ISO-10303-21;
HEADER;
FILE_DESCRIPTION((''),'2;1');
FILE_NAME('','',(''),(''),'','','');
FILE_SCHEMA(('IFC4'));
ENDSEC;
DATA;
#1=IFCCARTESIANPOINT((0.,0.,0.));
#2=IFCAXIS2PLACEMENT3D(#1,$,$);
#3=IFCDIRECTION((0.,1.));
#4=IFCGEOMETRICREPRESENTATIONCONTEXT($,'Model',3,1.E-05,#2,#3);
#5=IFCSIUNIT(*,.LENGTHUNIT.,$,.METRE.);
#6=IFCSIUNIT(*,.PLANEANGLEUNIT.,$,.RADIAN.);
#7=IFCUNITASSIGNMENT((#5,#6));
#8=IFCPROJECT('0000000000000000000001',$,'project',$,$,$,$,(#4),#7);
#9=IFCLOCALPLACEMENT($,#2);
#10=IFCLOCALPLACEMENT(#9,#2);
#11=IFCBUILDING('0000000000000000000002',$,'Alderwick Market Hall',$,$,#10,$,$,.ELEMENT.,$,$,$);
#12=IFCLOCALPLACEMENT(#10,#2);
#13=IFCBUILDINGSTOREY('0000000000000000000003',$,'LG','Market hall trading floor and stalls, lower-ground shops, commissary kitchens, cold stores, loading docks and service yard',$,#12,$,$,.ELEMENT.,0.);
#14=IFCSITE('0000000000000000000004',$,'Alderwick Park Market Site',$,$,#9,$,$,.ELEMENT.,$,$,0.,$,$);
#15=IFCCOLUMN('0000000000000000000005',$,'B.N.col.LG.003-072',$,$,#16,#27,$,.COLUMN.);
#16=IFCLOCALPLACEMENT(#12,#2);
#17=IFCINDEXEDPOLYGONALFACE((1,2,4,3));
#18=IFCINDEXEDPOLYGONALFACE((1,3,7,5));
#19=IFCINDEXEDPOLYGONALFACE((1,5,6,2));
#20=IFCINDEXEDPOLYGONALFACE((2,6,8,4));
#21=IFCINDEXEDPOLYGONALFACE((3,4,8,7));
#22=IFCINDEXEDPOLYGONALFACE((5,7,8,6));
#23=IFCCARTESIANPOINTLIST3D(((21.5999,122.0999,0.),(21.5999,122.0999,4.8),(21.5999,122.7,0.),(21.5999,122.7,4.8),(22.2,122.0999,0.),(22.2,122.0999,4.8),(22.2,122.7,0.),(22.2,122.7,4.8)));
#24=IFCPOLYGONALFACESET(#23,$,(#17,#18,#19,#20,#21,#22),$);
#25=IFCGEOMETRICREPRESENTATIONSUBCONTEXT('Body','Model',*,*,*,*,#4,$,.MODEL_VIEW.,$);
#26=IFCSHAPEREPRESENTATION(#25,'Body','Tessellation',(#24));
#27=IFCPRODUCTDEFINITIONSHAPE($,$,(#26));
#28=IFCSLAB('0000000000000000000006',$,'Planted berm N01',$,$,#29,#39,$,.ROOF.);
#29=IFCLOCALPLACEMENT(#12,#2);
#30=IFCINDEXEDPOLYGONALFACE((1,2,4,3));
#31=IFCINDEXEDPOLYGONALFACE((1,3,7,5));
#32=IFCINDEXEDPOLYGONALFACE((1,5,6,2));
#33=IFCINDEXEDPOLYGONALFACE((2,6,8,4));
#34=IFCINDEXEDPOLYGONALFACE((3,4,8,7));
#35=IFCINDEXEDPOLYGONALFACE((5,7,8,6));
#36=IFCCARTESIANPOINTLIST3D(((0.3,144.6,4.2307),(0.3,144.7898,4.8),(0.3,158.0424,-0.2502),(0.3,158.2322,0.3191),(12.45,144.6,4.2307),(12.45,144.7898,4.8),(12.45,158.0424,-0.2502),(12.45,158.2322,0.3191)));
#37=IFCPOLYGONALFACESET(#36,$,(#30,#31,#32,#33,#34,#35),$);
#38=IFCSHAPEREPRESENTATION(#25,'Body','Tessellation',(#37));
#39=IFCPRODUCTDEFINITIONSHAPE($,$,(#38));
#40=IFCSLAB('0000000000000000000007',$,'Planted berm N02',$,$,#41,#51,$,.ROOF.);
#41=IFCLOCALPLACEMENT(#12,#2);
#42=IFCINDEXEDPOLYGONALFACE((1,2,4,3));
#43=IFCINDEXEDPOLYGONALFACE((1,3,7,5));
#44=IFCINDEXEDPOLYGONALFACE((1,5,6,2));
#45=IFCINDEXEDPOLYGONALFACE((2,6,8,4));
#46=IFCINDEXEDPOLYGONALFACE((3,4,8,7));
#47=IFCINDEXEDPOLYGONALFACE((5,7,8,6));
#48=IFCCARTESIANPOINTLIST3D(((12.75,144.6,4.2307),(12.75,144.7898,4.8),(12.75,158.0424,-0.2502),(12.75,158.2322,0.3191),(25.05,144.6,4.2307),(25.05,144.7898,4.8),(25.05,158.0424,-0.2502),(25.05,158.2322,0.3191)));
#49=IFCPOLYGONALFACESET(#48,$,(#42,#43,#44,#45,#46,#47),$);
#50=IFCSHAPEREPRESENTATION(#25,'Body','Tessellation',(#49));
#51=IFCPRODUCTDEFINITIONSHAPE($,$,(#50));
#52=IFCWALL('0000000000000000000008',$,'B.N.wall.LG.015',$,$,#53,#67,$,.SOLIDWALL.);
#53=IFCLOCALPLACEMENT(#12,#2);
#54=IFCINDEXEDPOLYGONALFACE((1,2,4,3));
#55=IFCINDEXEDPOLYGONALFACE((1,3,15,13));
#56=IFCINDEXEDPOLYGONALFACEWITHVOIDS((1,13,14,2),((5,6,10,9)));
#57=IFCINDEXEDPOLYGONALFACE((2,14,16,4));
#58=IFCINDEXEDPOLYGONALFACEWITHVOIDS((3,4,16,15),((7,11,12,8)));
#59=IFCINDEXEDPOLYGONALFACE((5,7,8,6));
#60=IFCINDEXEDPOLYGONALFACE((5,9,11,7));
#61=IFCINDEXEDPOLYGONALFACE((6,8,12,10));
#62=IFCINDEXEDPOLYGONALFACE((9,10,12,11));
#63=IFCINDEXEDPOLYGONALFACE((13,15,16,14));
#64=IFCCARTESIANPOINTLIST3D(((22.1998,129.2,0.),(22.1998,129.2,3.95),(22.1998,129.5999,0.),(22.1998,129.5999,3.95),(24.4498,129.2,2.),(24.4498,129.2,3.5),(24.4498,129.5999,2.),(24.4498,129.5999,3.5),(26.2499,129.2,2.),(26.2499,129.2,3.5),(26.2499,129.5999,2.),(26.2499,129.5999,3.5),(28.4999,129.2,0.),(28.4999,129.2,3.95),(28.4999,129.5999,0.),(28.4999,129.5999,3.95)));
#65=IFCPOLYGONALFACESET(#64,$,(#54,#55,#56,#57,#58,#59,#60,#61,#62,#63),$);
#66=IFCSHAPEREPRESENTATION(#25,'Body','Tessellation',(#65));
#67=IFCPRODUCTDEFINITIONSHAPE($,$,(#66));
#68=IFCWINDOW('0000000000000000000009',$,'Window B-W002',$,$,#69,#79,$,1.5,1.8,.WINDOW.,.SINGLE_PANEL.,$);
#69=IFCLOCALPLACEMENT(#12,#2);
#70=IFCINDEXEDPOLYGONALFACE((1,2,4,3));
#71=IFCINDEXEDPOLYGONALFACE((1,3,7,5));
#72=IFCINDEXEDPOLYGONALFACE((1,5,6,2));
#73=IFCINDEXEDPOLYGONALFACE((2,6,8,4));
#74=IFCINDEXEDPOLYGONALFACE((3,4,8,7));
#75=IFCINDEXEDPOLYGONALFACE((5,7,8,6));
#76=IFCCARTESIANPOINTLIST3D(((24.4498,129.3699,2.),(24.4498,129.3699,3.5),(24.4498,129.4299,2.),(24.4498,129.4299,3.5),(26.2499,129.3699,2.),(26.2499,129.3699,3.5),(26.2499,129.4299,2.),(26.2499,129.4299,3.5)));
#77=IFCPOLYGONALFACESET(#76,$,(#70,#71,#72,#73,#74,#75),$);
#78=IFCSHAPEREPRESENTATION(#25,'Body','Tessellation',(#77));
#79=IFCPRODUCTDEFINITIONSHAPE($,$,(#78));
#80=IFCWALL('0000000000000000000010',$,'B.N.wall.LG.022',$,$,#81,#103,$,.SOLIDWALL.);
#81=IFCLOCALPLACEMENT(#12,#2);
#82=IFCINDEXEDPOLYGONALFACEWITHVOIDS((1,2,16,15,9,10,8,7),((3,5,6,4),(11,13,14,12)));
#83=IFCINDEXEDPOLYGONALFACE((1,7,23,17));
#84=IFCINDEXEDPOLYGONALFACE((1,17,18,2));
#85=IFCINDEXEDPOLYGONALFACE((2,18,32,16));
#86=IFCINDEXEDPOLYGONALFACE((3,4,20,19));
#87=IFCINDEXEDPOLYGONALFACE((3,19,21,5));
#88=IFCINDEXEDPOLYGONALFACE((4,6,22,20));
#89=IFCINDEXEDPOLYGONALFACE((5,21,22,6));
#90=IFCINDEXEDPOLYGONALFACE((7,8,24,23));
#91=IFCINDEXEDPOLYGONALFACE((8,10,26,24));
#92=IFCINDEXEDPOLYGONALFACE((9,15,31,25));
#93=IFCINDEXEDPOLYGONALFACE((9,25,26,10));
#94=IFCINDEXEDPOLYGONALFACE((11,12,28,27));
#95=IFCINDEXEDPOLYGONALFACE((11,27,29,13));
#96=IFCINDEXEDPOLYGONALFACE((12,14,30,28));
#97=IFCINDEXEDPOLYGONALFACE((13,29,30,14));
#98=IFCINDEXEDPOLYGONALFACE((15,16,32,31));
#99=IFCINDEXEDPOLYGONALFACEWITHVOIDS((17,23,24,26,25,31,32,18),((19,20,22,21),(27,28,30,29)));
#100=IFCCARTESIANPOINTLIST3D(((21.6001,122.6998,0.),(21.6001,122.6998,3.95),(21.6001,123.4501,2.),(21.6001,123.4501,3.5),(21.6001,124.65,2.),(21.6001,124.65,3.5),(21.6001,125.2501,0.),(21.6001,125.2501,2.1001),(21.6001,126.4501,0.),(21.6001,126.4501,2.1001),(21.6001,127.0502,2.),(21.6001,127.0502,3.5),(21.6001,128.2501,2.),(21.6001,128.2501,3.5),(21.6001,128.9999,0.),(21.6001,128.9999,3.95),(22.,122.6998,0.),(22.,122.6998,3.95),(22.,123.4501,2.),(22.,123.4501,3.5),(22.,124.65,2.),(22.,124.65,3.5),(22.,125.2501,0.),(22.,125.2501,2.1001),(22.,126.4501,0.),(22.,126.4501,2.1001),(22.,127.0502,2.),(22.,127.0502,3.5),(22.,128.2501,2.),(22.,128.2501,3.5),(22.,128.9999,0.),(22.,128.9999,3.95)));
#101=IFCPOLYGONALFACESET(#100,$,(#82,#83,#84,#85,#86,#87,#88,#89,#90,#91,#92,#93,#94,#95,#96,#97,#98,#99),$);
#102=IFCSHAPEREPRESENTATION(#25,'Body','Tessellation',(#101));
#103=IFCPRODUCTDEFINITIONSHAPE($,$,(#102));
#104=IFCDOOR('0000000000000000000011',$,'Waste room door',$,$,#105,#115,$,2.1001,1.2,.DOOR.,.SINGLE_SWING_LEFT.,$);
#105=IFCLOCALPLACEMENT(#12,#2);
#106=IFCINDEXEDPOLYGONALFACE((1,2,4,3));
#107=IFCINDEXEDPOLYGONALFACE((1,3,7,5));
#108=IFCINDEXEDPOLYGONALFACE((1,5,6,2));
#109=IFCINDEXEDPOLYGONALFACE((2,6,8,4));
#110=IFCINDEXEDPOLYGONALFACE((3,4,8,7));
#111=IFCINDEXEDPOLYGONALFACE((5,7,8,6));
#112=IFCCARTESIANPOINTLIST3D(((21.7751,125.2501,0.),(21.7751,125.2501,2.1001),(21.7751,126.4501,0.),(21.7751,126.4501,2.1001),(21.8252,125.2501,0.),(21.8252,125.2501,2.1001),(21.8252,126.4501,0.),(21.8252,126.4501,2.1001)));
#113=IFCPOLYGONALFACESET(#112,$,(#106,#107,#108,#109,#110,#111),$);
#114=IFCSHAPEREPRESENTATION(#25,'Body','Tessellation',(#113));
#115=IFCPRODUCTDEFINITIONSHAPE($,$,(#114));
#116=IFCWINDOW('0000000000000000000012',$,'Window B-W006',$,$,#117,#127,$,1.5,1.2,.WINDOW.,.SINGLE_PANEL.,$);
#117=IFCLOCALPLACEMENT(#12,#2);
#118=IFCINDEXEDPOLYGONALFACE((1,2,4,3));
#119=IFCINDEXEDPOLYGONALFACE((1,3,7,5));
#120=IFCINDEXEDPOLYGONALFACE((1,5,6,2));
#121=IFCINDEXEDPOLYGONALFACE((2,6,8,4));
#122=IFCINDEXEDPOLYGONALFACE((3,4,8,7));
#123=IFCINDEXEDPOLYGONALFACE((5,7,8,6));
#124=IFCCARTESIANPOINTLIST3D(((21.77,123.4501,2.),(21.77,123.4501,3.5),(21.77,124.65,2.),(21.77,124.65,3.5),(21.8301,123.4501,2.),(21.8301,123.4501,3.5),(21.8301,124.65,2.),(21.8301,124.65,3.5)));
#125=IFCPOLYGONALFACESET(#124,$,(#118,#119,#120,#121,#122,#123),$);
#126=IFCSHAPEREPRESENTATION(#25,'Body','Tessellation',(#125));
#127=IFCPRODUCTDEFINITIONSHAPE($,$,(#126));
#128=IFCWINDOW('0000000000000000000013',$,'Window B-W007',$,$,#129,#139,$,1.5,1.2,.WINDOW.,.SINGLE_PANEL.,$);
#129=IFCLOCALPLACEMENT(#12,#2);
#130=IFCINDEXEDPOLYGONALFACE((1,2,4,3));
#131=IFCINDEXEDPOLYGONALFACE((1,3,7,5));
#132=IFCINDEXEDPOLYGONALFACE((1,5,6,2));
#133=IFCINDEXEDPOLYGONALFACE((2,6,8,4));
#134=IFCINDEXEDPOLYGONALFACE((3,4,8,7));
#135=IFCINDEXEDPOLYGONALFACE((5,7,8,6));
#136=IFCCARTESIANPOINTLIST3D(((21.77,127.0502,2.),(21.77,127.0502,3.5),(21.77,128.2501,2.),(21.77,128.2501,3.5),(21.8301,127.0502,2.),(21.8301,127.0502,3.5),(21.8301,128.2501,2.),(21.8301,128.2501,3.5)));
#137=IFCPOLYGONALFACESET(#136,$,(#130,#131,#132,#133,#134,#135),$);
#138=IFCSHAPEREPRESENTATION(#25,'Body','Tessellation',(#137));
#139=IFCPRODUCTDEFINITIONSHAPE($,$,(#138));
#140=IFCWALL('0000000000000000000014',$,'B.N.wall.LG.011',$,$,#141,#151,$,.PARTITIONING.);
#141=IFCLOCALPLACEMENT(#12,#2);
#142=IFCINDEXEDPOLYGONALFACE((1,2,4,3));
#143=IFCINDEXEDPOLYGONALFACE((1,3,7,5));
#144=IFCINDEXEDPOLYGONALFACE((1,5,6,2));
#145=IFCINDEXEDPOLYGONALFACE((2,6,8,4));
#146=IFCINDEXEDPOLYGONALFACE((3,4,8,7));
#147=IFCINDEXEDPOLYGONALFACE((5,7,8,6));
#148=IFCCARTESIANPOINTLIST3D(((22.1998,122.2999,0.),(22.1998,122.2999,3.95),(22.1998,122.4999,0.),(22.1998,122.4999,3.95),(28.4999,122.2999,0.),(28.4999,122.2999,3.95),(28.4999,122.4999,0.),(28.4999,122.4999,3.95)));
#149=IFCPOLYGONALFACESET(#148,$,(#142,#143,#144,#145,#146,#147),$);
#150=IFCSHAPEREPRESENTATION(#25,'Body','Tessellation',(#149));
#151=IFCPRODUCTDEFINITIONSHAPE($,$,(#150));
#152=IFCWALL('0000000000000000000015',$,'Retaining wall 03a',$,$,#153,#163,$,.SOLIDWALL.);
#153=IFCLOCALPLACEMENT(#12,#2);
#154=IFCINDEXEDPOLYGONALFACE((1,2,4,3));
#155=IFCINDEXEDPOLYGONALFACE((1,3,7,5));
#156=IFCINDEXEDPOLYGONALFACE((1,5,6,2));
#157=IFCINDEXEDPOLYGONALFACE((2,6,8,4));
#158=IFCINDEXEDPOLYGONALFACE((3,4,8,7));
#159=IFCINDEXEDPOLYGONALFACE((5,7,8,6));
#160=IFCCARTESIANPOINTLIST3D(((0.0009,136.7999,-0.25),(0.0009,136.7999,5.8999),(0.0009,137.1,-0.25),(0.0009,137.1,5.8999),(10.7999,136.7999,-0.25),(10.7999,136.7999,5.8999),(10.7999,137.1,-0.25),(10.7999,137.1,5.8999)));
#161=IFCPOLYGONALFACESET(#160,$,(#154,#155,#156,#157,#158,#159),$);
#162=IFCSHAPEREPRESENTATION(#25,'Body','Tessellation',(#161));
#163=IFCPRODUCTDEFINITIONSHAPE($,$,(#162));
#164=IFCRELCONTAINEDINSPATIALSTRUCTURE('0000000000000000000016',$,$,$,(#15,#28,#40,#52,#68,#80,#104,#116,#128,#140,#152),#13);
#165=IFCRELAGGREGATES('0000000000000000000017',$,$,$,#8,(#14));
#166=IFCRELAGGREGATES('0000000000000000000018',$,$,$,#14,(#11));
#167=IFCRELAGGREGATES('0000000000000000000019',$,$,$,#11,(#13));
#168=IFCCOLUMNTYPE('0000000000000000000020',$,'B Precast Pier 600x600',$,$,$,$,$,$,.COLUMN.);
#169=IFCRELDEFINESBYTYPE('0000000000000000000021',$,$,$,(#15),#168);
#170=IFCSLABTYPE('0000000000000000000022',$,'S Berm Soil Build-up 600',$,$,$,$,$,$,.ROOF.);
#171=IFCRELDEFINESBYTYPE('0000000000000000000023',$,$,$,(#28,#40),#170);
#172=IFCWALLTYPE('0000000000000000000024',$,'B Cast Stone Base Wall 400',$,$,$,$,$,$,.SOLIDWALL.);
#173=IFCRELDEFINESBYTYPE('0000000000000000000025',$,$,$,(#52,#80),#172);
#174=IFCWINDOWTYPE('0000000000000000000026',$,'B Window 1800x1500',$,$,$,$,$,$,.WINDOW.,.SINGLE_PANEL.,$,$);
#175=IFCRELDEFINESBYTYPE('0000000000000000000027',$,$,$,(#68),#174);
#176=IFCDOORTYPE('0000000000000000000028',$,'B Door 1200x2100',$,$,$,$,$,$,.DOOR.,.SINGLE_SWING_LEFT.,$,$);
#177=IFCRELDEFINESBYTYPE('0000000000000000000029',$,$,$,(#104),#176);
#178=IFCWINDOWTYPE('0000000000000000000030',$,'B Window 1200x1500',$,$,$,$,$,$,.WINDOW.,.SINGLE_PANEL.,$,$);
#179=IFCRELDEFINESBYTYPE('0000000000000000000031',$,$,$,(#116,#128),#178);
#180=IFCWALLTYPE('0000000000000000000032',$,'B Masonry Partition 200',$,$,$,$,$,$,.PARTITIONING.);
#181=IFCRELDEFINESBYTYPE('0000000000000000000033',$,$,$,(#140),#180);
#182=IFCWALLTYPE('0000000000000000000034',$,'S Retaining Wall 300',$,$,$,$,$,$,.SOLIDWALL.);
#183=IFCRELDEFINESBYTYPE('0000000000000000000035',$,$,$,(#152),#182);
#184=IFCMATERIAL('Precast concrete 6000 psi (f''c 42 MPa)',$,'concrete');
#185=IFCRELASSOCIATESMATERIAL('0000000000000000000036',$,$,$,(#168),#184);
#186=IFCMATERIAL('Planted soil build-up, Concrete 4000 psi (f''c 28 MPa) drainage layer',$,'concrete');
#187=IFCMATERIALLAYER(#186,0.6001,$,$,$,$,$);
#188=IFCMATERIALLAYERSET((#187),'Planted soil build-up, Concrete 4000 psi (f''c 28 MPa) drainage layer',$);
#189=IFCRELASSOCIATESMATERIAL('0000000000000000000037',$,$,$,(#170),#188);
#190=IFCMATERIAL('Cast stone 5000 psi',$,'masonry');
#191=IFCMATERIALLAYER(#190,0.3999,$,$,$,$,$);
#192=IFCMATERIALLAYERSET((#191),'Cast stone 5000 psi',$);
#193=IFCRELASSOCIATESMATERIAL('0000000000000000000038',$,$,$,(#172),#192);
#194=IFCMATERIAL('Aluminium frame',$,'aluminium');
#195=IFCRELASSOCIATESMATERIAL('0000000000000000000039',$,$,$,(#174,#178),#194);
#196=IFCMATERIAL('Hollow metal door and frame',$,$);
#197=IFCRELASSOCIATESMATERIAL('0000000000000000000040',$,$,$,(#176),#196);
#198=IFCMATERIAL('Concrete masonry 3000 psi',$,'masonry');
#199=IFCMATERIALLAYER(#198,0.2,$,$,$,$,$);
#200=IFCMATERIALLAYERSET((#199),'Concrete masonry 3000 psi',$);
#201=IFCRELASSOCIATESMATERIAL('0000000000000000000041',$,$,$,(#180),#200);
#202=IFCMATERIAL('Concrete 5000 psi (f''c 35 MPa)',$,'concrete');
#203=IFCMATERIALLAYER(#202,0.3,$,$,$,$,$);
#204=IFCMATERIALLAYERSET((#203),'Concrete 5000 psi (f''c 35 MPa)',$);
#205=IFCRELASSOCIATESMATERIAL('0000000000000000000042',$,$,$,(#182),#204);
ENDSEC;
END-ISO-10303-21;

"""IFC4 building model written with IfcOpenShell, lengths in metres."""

from ifc_helpers import new_model, si_unit, direction, frame, frame_2d, origin, origin_2d, place, context, subcontext, project, spatial, polyline, rectangle, outline, extrude, material, layer, layer_set, material_profile, profile_set, type_object, element, fill, save


model = new_model("IFC4")

# Units and contexts
model_context = context("Model", 3, precision=1e-05, world=origin(), true_north=direction((0.0, 1.0)))
body_context = subcontext(model_context, "Body", "Model", "MODEL_VIEW")
ifc_project = project(units=[si_unit("LENGTHUNIT", "METRE"), si_unit("PLANEANGLEUNIT", "RADIAN")], contexts=[model_context])

# Site, building, storey
site_placement = place(None, origin())
site = spatial("IfcSite", under=ifc_project, at=site_placement, Name="Alderwick Park Market Site", CompositionType="ELEMENT", RefElevation=0.0)
building_placement = place(site_placement, origin())
building = spatial("IfcBuilding", under=site, at=building_placement, Name="Alderwick Market Hall", CompositionType="ELEMENT")
storey_placement = place(building_placement, origin())
storey = spatial("IfcBuildingStorey", under=building, at=storey_placement, Name="LG", Description="Market hall trading floor and stalls, lower-ground shops, commissary kitchens, cold stores, loading docks and service yard", CompositionType="ELEMENT", Elevation=0.0)

# Shared definitions
ifc_material_1 = material(Name="Concrete 5000 psi (f'c 35 MPa)", Category="concrete")

# Column
ifc_material_2 = material(Name="Precast concrete 6000 psi (f'c 42 MPa)", Category="concrete")
ifc_material_profile_1 = material_profile(ifc_material_2, rectangle(XDim=0.6001, YDim=0.6001, at=origin_2d()), Name="B Precast Pier 600x600")
ifc_profile_set_1 = profile_set([ifc_material_profile_1], Name="Precast concrete 6000 psi (f'c 42 MPa)")
column_type_1 = type_object("IfcColumnType", Name="B Precast Pier 600x600", PredefinedType="COLUMN", material=ifc_profile_set_1)
for number, where, z_axis, x_axis, name in (
    (1, (21.8999, 122.3999, 0.0), (0.0, 0.0, 1.0), (1.0, 0.0, 0.0), "B.N.col.LG.003-072"),
):
    element("IfcColumn", number, at=place(storey_placement, frame(where, z_axis=z_axis, x_axis=x_axis)), inside=storey, type_object=column_type_1, Name=name, PredefinedType="COLUMN", context=body_context, shape_type="SweptSolid", body=[
        extrude(rectangle(XDim=0.6001, YDim=0.6001, at=origin_2d()), origin(), (0.0, 0.0, 1.0), 4.8),
    ])

# Slabs
ifc_material_3 = material(Name="Planted soil build-up, Concrete 4000 psi (f'c 28 MPa) drainage layer", Category="concrete")
ifc_layer_1 = layer(ifc_material_3, 0.6001)
ifc_layer_set_1 = layer_set([ifc_layer_1], Name="Planted soil build-up, Concrete 4000 psi (f'c 28 MPa) drainage layer")
slab_type = type_object("IfcSlabType", Name="S Berm Soil Build-up 600", PredefinedType="ROOF", material=ifc_layer_set_1)
slab_1_placement = place(storey_placement, frame((0.3, 158.2322, 0.3191), z_axis=(0.0, 0.316238, 0.94868), x_axis=(1.0, 0.0, 0.0)))
element("IfcSlab", 2, at=slab_1_placement, inside=storey, type_object=slab_type, Name="Planted berm N01", PredefinedType="ROOF", context=body_context, shape_type="SweptSolid", body=[
    extrude(outline(polyline([(0.0, 0.0), (12.1499, 0.0), (12.1499, -14.1696), (0.0, -14.1696), (0.0, 0.0)])), origin(), (0.0, 0.0, -1.0), 0.6001),
])
slab_2_placement = place(storey_placement, frame((12.75, 158.2322, 0.3191), z_axis=(0.0, 0.316238, 0.94868), x_axis=(1.0, 0.0, 0.0)))
element("IfcSlab", 3, at=slab_2_placement, inside=storey, type_object=slab_type, Name="Planted berm N02", PredefinedType="ROOF", context=body_context, shape_type="SweptSolid", body=[
    extrude(outline(polyline([(0.0, 0.0), (12.3, 0.0), (12.3, -14.1696), (0.0, -14.1696), (0.0, 0.0)])), origin(), (0.0, 0.0, -1.0), 0.6001),
])

# Wall, opening, window
ifc_material_4 = material(Name="Cast stone 5000 psi", Category="masonry")
ifc_layer_2 = layer(ifc_material_4, 0.3999)
ifc_layer_set_2 = layer_set([ifc_layer_2], Name="Cast stone 5000 psi")
wall_type_1 = type_object("IfcWallType", Name="B Cast Stone Base Wall 400", PredefinedType="SOLIDWALL", material=ifc_layer_set_2)
wall_1_placement = place(storey_placement, frame((22.2, 129.3999, 0.0), z_axis=(0.0, 0.0, 1.0), x_axis=(1.0, 0.0, 0.0)))
wall_1 = element("IfcWall", 4, at=wall_1_placement, inside=storey, type_object=wall_type_1, Name="B.N.wall.LG.015", PredefinedType="SOLIDWALL", context=body_context, shape_type="SweptSolid", body=[
    extrude(rectangle(XDim=6.3, YDim=0.3999, at=frame_2d((3.1499, 0.0))), origin(), (0.0, 0.0, 1.0), 3.95),
])
opening_1_placement = place(wall_1_placement, frame((2.25, 0.0, 2.0)))
opening_1 = element("IfcOpeningElement", 5, at=opening_1_placement, cuts=wall_1, PredefinedType="OPENING", context=body_context, shape_type="SweptSolid", body=[
    extrude(rectangle(XDim=1.8, YDim=1.5, at=frame_2d((0.8999, 0.75))), frame((0.0, 0.21, 0.0), z_axis=(0.0, -1.0, 0.0), x_axis=(1.0, 0.0, 0.0)), (0.0, 0.0, 1.0), 0.4199),
])
ifc_material_5 = material(Name="Aluminium frame", Category="aluminium")
window_type_1 = type_object("IfcWindowType", Name="B Window 1800x1500", PartitioningType="SINGLE_PANEL", PredefinedType="WINDOW", material=ifc_material_5)
window_1_placement = place(opening_1_placement, origin())
window_1 = element("IfcWindow", 6, at=window_1_placement, inside=storey, type_object=window_type_1, Name="Window B-W002", OverallHeight=1.5, OverallWidth=1.8, PartitioningType="SINGLE_PANEL", PredefinedType="WINDOW", context=body_context, shape_type="SweptSolid", body=[
    extrude(rectangle(XDim=1.8, YDim=1.5, at=frame_2d((0.8999, 0.75))), frame((0.0, 0.03, 0.0), z_axis=(0.0, -1.0, 0.0), x_axis=(1.0, 0.0, 0.0)), (0.0, 0.0, 1.0), 0.0601),
])
fill(opening_1, window_1)

# Wall, openings, door, windows
wall_2_placement = place(storey_placement, frame((21.8, 122.7, 0.0), z_axis=(0.0, 0.0, 1.0), x_axis=(0.0, 1.0, 0.0)))
wall_2 = element("IfcWall", 7, at=wall_2_placement, inside=storey, type_object=wall_type_1, Name="B.N.wall.LG.022", PredefinedType="SOLIDWALL", context=body_context, shape_type="SweptSolid", body=[
    extrude(rectangle(XDim=6.3, YDim=0.3999, at=frame_2d((3.1499, 0.0))), origin(), (0.0, 0.0, 1.0), 3.95),
])
opening_2_placement = place(wall_2_placement, frame((2.55, 0.0, 0.0)))
opening_2 = element("IfcOpeningElement", 8, at=opening_2_placement, cuts=wall_2, PredefinedType="OPENING", context=body_context, shape_type="SweptSolid", body=[
    extrude(rectangle(XDim=1.2, YDim=2.1001, at=frame_2d((0.6001, 1.05))), frame((0.0, 0.21, 0.0), z_axis=(0.0, -1.0, 0.0), x_axis=(1.0, 0.0, 0.0)), (0.0, 0.0, 1.0), 0.4199),
])
opening_3_placement = place(wall_2_placement, frame((0.75, 0.0, 2.0)))
opening_3 = element("IfcOpeningElement", 9, at=opening_3_placement, cuts=wall_2, PredefinedType="OPENING", context=body_context, shape_type="SweptSolid", body=[
    extrude(rectangle(XDim=1.2, YDim=1.5, at=frame_2d((0.6001, 0.75))), frame((0.0, 0.21, 0.0), z_axis=(0.0, -1.0, 0.0), x_axis=(1.0, 0.0, 0.0)), (0.0, 0.0, 1.0), 0.4199),
])
opening_4_placement = place(wall_2_placement, frame((4.3501, 0.0, 2.0)))
opening_4 = element("IfcOpeningElement", 10, at=opening_4_placement, cuts=wall_2, PredefinedType="OPENING", context=body_context, shape_type="SweptSolid", body=[
    extrude(rectangle(XDim=1.2, YDim=1.5, at=frame_2d((0.6001, 0.75))), frame((0.0, 0.21, 0.0), z_axis=(0.0, -1.0, 0.0), x_axis=(1.0, 0.0, 0.0)), (0.0, 0.0, 1.0), 0.4199),
])
ifc_material_6 = material(Name="Hollow metal door and frame")
door_type = type_object("IfcDoorType", Name="B Door 1200x2100", OperationType="SINGLE_SWING_LEFT", PredefinedType="DOOR", material=ifc_material_6)
door_placement = place(opening_2_placement, origin())
door = element("IfcDoor", 11, at=door_placement, inside=storey, type_object=door_type, Name="Waste room door", OperationType="SINGLE_SWING_LEFT", OverallHeight=2.1001, OverallWidth=1.2, PredefinedType="DOOR", context=body_context, shape_type="SweptSolid", body=[
    extrude(rectangle(XDim=1.2, YDim=2.1001, at=frame_2d((0.6001, 1.05))), frame((0.0, 0.0249, 0.0), z_axis=(0.0, -1.0, 0.0), x_axis=(1.0, 0.0, 0.0)), (0.0, 0.0, 1.0), 0.05),
])
fill(opening_2, door)
window_type_2 = type_object("IfcWindowType", Name="B Window 1200x1500", PartitioningType="SINGLE_PANEL", PredefinedType="WINDOW", material=ifc_material_5)
window_2_placement = place(opening_3_placement, origin())
window_2 = element("IfcWindow", 12, at=window_2_placement, inside=storey, type_object=window_type_2, Name="Window B-W006", OverallHeight=1.5, OverallWidth=1.2, PartitioningType="SINGLE_PANEL", PredefinedType="WINDOW", context=body_context, shape_type="SweptSolid", body=[
    extrude(rectangle(XDim=1.2, YDim=1.5, at=frame_2d((0.6001, 0.75))), frame((0.0, 0.03, 0.0), z_axis=(0.0, -1.0, 0.0), x_axis=(1.0, 0.0, 0.0)), (0.0, 0.0, 1.0), 0.0601),
])
fill(opening_3, window_2)
window_3_placement = place(opening_4_placement, origin())
window_3 = element("IfcWindow", 13, at=window_3_placement, inside=storey, type_object=window_type_2, Name="Window B-W007", OverallHeight=1.5, OverallWidth=1.2, PartitioningType="SINGLE_PANEL", PredefinedType="WINDOW", context=body_context, shape_type="SweptSolid", body=[
    extrude(rectangle(XDim=1.2, YDim=1.5, at=frame_2d((0.6001, 0.75))), frame((0.0, 0.03, 0.0), z_axis=(0.0, -1.0, 0.0), x_axis=(1.0, 0.0, 0.0)), (0.0, 0.0, 1.0), 0.0601),
])
fill(opening_4, window_3)

# Walls
ifc_material_7 = material(Name="Concrete masonry 3000 psi", Category="masonry")
ifc_layer_3 = layer(ifc_material_7, 0.2)
ifc_layer_set_3 = layer_set([ifc_layer_3], Name="Concrete masonry 3000 psi")
wall_type_2 = type_object("IfcWallType", Name="B Masonry Partition 200", PredefinedType="PARTITIONING", material=ifc_layer_set_3)
wall_3_placement = place(storey_placement, frame((22.2, 122.3999, 0.0), z_axis=(0.0, 0.0, 1.0), x_axis=(1.0, 0.0, 0.0)))
element("IfcWall", 14, at=wall_3_placement, inside=storey, type_object=wall_type_2, Name="B.N.wall.LG.011", PredefinedType="PARTITIONING", context=body_context, shape_type="SweptSolid", body=[
    extrude(rectangle(XDim=6.3, YDim=0.2, at=frame_2d((3.1499, 0.0))), origin(), (0.0, 0.0, 1.0), 3.95),
])
ifc_layer_4 = layer(ifc_material_1, 0.3)
ifc_layer_set_4 = layer_set([ifc_layer_4], Name="Concrete 5000 psi (f'c 35 MPa)")
wall_type_3 = type_object("IfcWallType", Name="S Retaining Wall 300", PredefinedType="SOLIDWALL", material=ifc_layer_set_4)
wall_4_placement = place(storey_placement, frame((0.001, 136.95, -0.25), z_axis=(0.0, 0.0, 1.0), x_axis=(1.0, 0.0, 0.0)))
element("IfcWall", 15, at=wall_4_placement, inside=storey, type_object=wall_type_3, Name="Retaining wall 03a", PredefinedType="SOLIDWALL", context=body_context, shape_type="SweptSolid", body=[
    extrude(rectangle(XDim=10.7991, YDim=0.3, at=frame_2d((5.3994, 0.0))), origin(), (0.0, 0.0, 1.0), 6.1499),
])

save(model, "model.ifc")
